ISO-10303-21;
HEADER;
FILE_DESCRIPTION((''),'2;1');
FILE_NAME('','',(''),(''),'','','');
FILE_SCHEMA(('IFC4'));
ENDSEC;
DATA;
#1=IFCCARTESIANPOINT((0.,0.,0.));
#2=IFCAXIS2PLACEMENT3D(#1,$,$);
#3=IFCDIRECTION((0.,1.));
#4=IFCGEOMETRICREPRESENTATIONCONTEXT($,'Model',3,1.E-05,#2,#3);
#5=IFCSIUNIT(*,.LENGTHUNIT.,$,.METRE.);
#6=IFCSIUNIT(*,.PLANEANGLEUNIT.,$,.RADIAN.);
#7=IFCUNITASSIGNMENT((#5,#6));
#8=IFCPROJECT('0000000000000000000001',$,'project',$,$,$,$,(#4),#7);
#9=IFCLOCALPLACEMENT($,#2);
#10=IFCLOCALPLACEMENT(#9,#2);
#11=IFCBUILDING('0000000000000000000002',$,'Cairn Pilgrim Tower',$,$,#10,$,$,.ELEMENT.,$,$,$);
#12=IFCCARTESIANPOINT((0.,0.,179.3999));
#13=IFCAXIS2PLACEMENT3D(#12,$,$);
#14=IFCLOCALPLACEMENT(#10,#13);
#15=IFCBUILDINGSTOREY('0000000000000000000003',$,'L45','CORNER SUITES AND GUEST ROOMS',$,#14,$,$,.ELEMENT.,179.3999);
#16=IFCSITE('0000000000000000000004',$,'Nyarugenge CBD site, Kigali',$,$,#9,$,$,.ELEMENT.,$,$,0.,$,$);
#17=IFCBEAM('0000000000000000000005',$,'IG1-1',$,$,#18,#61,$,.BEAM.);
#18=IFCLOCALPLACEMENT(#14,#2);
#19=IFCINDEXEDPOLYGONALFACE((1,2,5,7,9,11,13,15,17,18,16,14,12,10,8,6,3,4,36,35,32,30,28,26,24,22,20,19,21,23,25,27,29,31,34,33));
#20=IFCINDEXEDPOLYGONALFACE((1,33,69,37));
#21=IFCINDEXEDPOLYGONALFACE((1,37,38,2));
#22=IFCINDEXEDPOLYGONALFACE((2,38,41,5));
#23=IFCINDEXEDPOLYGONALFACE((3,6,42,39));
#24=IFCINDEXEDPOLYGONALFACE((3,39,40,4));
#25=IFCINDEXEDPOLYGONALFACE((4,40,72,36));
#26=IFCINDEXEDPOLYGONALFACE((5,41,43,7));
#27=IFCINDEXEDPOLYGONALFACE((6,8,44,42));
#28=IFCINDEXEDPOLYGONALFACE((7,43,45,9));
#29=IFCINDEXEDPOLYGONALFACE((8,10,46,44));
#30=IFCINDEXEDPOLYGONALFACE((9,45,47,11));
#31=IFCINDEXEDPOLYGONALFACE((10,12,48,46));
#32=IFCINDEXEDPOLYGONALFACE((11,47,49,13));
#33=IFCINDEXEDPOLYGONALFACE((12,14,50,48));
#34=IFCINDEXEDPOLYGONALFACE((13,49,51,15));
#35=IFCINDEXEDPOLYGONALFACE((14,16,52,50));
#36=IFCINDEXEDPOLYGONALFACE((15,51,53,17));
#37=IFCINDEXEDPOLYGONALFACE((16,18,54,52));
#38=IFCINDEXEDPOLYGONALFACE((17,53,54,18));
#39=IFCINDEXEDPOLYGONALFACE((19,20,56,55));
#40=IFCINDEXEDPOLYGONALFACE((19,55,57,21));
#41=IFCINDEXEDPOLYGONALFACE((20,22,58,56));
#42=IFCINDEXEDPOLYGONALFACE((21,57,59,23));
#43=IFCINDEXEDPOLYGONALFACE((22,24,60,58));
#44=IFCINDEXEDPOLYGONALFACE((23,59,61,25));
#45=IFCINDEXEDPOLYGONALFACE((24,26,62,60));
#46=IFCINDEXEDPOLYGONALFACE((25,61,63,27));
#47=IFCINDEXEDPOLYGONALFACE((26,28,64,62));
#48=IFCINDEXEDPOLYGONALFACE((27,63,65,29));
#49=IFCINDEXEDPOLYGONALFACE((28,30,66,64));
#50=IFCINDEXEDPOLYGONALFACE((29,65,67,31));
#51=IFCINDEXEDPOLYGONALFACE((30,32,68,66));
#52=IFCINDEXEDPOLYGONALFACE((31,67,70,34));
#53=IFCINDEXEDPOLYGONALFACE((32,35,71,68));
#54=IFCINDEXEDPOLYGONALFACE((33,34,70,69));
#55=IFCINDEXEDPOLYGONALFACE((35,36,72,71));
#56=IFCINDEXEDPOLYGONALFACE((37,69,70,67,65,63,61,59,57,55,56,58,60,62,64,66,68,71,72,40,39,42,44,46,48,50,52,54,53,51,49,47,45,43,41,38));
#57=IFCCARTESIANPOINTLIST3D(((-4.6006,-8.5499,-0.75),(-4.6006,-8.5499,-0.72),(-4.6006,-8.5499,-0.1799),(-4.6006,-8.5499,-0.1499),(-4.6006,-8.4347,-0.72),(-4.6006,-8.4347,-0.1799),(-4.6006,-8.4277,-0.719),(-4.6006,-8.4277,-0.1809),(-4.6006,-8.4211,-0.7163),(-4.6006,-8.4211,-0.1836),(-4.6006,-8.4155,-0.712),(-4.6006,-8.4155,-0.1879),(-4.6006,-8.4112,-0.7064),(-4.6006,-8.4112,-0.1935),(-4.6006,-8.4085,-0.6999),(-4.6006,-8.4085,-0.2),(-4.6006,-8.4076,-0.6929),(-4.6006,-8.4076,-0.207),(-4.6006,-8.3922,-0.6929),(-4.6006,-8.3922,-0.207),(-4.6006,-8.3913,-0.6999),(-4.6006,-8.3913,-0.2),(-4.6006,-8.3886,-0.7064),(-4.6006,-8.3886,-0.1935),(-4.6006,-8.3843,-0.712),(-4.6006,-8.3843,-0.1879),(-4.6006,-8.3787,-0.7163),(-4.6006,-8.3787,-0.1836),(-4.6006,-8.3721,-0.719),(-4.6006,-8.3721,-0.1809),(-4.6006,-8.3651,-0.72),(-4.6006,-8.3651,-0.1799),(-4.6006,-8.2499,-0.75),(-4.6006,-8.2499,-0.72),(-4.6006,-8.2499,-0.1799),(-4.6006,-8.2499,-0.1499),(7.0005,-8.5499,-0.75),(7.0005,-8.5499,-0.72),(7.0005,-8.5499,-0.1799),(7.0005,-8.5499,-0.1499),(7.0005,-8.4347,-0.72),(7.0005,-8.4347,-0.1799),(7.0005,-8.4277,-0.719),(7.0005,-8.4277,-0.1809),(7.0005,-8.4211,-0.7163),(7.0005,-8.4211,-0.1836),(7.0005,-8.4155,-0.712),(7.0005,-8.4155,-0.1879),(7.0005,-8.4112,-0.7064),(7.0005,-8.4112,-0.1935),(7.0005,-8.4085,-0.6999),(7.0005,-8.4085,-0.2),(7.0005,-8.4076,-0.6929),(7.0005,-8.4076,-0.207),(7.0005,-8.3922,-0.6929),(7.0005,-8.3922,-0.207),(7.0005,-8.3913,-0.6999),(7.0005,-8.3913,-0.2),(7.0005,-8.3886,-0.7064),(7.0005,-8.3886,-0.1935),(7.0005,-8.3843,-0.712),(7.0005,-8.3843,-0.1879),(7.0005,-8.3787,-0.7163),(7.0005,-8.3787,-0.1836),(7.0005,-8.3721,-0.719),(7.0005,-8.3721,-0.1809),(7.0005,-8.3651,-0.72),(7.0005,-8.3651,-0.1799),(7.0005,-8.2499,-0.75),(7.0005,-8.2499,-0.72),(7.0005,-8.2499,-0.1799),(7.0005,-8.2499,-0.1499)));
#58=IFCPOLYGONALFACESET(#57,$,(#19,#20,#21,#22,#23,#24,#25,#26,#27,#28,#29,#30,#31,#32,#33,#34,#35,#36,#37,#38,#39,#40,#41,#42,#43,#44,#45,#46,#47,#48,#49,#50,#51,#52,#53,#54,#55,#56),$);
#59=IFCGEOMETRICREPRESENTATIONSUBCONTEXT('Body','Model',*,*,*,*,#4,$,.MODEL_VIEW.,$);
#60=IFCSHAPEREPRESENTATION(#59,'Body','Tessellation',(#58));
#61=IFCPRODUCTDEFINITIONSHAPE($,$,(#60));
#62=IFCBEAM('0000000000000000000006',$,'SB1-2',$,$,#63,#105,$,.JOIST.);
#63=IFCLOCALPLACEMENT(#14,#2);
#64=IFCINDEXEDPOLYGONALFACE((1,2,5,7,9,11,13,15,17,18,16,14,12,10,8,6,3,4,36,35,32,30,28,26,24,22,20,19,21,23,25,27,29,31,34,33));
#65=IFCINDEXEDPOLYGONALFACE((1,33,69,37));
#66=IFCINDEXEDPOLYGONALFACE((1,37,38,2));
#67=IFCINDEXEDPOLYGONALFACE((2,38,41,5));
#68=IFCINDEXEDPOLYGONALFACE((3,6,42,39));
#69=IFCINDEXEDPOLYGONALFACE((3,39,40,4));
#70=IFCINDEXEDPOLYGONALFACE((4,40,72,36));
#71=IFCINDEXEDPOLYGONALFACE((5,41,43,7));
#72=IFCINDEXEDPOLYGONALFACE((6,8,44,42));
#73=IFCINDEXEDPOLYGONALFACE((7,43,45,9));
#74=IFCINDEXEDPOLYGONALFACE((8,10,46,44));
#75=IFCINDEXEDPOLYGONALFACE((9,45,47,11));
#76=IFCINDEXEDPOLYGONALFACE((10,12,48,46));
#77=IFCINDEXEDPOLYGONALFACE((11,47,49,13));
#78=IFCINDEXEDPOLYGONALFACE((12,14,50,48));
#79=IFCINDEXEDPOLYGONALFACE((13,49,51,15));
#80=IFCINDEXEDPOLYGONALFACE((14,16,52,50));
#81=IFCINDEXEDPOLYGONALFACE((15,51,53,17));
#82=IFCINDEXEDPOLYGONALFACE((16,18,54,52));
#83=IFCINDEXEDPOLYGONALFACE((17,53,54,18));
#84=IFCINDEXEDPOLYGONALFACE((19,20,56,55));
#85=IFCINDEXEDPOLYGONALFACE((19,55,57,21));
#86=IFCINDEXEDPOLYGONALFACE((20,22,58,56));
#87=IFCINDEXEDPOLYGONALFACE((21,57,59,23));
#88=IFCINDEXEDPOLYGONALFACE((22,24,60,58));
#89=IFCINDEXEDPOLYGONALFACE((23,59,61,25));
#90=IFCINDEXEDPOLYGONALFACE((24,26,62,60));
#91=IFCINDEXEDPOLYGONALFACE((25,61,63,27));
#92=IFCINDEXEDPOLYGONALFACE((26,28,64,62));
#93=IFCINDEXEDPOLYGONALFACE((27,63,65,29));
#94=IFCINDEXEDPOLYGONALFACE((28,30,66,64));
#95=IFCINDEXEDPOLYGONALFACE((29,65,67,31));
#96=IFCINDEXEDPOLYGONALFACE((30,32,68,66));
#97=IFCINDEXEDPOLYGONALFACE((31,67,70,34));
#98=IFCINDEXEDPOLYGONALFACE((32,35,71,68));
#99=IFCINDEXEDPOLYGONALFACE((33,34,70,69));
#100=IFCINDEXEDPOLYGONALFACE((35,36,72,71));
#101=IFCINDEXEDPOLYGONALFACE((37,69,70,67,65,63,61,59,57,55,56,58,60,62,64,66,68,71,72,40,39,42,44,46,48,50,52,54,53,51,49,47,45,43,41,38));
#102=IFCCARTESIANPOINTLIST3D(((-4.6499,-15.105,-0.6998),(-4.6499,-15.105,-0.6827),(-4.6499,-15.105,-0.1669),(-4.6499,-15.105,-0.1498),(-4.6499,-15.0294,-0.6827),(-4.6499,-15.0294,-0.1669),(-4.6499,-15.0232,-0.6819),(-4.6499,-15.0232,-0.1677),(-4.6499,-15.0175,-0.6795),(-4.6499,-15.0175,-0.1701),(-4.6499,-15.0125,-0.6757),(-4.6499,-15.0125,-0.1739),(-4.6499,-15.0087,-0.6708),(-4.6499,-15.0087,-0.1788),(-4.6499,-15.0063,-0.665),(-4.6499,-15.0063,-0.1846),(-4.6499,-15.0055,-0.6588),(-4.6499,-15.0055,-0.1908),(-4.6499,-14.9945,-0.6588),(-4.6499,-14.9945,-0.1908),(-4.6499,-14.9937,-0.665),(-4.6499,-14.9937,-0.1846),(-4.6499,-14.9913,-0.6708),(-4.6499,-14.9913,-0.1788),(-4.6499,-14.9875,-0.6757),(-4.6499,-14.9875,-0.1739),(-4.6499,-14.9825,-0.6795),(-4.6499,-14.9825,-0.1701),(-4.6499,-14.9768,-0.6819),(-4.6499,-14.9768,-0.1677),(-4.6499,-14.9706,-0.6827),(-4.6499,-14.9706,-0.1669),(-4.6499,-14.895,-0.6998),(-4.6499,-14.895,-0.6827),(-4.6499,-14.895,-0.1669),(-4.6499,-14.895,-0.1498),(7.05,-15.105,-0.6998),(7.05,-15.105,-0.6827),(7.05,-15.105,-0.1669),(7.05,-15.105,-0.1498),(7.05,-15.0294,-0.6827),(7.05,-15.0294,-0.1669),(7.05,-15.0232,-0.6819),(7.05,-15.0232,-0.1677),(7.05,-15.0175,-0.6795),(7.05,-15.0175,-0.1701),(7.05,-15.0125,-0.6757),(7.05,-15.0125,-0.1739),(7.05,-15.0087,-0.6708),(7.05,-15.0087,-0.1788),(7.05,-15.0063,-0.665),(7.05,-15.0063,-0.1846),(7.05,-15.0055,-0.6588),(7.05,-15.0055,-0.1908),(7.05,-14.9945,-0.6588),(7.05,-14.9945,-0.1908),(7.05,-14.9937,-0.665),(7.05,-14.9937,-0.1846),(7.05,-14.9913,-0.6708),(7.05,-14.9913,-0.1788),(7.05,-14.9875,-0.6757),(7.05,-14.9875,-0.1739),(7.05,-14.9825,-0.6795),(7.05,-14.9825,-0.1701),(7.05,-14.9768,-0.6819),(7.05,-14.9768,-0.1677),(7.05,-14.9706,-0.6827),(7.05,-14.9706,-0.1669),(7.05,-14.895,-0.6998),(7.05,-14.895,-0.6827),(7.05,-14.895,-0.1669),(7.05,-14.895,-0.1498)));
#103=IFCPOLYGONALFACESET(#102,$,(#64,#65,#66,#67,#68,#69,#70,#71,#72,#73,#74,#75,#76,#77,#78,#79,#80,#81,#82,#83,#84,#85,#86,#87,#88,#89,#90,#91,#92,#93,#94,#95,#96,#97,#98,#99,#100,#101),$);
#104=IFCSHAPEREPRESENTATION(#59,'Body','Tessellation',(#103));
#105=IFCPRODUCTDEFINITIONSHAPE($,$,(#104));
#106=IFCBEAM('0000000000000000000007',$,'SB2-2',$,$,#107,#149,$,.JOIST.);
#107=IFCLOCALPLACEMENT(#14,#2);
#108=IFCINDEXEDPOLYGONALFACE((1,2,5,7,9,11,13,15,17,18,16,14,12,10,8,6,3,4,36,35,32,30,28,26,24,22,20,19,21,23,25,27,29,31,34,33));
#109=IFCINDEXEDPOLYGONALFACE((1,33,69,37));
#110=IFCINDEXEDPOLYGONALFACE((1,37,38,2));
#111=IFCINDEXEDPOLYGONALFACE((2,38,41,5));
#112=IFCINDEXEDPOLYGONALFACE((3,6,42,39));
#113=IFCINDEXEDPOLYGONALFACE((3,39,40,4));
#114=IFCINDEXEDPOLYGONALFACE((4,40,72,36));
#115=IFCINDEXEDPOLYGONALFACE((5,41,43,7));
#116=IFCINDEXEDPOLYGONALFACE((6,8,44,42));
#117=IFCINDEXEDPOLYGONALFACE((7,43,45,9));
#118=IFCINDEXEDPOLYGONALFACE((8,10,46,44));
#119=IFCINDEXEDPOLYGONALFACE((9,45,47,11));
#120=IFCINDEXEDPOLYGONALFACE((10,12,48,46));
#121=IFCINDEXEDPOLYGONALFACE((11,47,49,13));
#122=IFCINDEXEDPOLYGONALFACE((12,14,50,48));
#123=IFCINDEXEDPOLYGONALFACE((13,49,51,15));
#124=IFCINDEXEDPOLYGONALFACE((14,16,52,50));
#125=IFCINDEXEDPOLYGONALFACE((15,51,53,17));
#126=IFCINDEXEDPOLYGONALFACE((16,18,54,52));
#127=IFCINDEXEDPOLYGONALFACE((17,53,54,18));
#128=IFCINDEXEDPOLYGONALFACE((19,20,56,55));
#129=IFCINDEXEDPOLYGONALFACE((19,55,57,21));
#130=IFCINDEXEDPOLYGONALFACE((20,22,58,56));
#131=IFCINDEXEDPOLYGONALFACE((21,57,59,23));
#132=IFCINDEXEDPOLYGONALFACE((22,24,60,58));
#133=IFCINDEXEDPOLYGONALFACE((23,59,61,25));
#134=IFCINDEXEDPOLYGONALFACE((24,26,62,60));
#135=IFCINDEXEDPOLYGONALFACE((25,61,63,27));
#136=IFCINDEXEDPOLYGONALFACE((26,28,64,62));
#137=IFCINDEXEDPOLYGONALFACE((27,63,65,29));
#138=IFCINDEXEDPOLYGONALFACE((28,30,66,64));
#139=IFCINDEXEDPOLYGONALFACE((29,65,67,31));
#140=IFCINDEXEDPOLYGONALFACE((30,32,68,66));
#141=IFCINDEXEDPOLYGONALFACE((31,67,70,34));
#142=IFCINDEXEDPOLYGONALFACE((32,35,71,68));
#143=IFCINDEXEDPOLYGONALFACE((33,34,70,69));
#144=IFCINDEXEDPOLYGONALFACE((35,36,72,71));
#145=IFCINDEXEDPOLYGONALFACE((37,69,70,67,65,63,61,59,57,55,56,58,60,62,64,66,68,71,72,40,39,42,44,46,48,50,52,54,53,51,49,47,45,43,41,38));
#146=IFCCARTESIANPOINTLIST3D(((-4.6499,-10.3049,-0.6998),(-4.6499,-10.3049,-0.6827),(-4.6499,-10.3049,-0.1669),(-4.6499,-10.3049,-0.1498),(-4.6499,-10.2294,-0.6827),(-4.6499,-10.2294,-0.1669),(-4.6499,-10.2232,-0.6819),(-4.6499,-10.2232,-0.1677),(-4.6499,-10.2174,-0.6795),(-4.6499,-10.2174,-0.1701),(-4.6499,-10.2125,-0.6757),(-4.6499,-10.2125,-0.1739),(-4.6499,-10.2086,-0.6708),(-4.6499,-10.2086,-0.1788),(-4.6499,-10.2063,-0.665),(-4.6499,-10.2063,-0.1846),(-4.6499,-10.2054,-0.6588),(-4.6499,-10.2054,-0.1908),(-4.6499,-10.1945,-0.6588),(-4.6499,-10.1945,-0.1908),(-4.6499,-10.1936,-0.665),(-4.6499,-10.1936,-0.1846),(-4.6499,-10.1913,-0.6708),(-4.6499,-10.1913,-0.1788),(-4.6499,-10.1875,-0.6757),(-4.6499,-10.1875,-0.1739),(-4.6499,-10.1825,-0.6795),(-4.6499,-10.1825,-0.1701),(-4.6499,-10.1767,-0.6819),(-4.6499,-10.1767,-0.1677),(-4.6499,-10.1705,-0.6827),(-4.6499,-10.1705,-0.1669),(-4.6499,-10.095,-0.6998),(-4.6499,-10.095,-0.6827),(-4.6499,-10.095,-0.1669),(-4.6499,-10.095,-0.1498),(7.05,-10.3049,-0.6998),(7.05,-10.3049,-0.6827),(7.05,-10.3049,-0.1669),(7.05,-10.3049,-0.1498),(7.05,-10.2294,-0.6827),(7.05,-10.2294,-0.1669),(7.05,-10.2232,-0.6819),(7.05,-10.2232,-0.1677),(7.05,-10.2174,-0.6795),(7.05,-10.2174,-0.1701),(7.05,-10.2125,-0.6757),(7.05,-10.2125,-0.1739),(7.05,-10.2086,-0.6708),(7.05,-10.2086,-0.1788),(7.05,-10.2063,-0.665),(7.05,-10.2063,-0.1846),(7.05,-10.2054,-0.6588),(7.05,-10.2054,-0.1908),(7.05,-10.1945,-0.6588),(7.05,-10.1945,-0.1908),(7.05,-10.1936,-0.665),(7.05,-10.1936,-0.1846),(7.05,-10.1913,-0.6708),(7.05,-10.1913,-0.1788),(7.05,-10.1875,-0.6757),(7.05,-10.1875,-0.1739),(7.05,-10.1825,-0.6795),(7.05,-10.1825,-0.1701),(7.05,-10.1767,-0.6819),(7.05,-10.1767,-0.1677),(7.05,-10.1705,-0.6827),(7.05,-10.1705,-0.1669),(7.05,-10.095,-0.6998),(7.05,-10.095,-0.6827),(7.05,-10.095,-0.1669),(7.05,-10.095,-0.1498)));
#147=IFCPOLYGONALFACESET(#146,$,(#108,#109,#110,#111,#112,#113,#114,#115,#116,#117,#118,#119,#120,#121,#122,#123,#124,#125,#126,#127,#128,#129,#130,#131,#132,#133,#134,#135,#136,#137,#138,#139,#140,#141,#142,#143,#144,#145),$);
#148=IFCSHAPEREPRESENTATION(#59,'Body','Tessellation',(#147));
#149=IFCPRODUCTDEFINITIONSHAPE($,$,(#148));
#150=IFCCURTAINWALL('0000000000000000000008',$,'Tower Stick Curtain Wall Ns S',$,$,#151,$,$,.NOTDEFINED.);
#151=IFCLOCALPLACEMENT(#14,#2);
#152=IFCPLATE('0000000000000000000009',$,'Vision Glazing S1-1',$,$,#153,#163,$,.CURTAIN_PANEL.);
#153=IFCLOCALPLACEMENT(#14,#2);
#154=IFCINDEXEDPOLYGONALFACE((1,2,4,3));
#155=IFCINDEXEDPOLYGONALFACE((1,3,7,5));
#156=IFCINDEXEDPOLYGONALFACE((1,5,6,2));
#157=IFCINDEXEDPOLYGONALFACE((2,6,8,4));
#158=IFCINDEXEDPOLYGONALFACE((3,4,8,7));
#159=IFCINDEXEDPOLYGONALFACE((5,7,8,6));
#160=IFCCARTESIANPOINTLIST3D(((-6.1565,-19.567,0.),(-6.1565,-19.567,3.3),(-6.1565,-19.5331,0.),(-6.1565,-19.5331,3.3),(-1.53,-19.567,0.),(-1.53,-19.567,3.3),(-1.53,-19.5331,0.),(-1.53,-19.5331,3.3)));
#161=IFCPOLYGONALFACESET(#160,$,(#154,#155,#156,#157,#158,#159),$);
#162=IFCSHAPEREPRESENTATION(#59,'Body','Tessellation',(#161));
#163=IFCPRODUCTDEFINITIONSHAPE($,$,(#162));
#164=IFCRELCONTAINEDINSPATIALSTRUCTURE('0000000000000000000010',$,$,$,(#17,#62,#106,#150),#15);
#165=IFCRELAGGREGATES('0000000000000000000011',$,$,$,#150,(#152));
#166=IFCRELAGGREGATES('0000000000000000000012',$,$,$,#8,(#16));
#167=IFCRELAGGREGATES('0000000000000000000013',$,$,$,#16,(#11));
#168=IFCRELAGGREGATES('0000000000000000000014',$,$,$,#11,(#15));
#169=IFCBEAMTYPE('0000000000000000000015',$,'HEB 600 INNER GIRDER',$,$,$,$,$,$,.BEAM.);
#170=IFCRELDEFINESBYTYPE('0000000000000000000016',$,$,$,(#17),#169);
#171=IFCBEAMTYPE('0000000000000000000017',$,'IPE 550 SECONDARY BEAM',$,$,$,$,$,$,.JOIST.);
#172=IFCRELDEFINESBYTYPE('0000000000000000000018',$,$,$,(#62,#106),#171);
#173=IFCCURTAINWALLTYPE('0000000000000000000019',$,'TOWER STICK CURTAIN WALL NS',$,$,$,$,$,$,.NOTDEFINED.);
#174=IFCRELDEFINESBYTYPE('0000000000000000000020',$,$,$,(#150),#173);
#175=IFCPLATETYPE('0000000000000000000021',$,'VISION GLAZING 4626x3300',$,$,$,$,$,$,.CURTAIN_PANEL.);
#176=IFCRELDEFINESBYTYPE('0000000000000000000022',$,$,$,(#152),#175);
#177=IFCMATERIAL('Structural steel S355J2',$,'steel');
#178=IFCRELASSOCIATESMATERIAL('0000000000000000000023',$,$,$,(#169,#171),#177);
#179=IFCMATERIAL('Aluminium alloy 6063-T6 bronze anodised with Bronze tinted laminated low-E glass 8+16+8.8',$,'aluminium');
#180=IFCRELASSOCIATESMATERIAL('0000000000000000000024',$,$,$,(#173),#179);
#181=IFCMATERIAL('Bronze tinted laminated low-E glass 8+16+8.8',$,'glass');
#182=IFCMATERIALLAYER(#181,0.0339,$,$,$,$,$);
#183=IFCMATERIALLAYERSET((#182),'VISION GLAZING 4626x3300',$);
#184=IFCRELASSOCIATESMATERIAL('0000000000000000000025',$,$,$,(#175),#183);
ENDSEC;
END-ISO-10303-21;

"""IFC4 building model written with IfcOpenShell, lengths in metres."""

from ifc_helpers import new_model, si_unit, direction, frame, origin, origin_2d, place, context, subcontext, project, spatial, rectangle, i_section, extrude, material, layer, layer_set, material_profile, profile_set, type_object, element, aggregate, save


model = new_model("IFC4")

# Units and contexts
model_context = context("Model", 3, precision=1e-05, world=origin(), true_north=direction((0.0, 1.0)))
body_context = subcontext(model_context, "Body", "Model", "MODEL_VIEW")
ifc_project = project(units=[si_unit("LENGTHUNIT", "METRE"), si_unit("PLANEANGLEUNIT", "RADIAN")], contexts=[model_context])

# Site, building, storey
site_placement = place(None, origin())
site = spatial("IfcSite", under=ifc_project, at=site_placement, Name="Nyarugenge CBD site, Kigali", CompositionType="ELEMENT", RefElevation=0.0)
building_placement = place(site_placement, origin())
building = spatial("IfcBuilding", under=site, at=building_placement, Name="Cairn Pilgrim Tower", CompositionType="ELEMENT")
storey_placement = place(building_placement, frame((0.0, 0.0, 179.3999)))
storey = spatial("IfcBuildingStorey", under=building, at=storey_placement, Name="L45", Description="CORNER SUITES AND GUEST ROOMS", CompositionType="ELEMENT", Elevation=179.3999)

# Shared definitions
ifc_material_1 = material(Name="Structural steel S355J2", Category="steel")

# Beams
ifc_material_profile_1 = material_profile(ifc_material_1, i_section(OverallWidth=0.3, OverallDepth=0.6001, WebThickness=0.0154, FlangeThickness=0.03, FilletRadius=0.0271, at=origin_2d()), Name="HEB 600")
ifc_profile_set_1 = profile_set([ifc_material_profile_1], Name="Structural steel S355J2")
beam_type_1 = type_object("IfcBeamType", Name="HEB 600 INNER GIRDER", PredefinedType="BEAM", material=ifc_profile_set_1)
beam_1_placement = place(storey_placement, frame((-4.6006, -8.3999, -0.45), z_axis=(1.0, 0.0, 0.0), x_axis=(0.0, 1.0, 0.0)))
element("IfcBeam", 1, at=beam_1_placement, inside=storey, type_object=beam_type_1, Name="IG1-1", PredefinedType="BEAM", context=body_context, shape_type="SweptSolid", body=[
    extrude(i_section(OverallWidth=0.3, OverallDepth=0.6001, WebThickness=0.0154, FlangeThickness=0.03, FilletRadius=0.0271, at=origin_2d()), origin(), (0.0, 0.0, 1.0), 11.6011),
])
ifc_material_profile_2 = material_profile(ifc_material_1, i_section(OverallWidth=0.21, OverallDepth=0.55, WebThickness=0.011, FlangeThickness=0.0171, FilletRadius=0.0239, at=origin_2d()), Name="IPE 550")
ifc_profile_set_2 = profile_set([ifc_material_profile_2], Name="Structural steel S355J2")
beam_type_2 = type_object("IfcBeamType", Name="IPE 550 SECONDARY BEAM", PredefinedType="JOIST", material=ifc_profile_set_2)
for number, where, z_axis, x_axis, name in (
    (2, (-4.6499, -15.0, -0.4248), (1.0, 0.0, 0.0), (0.0, 1.0, 0.0), "SB1-2"),
    (3, (-4.6499, -10.2, -0.4248), (1.0, 0.0, 0.0), (0.0, 1.0, 0.0), "SB2-2"),
):
    element("IfcBeam", number, at=place(storey_placement, frame(where, z_axis=z_axis, x_axis=x_axis)), inside=storey, type_object=beam_type_2, Name=name, PredefinedType="JOIST", context=body_context, shape_type="SweptSolid", body=[
        extrude(i_section(OverallWidth=0.21, OverallDepth=0.55, WebThickness=0.011, FlangeThickness=0.0171, FilletRadius=0.0239, at=origin_2d()), origin(), (0.0, 0.0, 1.0), 11.7),
    ])

# Curtain wall, plate
ifc_material_2 = material(Name="Aluminium alloy 6063-T6 bronze anodised with Bronze tinted laminated low-E glass 8+16+8.8", Category="aluminium")
curtain_wall_type = type_object("IfcCurtainWallType", Name="TOWER STICK CURTAIN WALL NS", PredefinedType="NOTDEFINED", material=ifc_material_2)
curtain_wall_placement = place(storey_placement, origin())
curtain_wall = element("IfcCurtainWall", 4, at=curtain_wall_placement, inside=storey, type_object=curtain_wall_type, Name="Tower Stick Curtain Wall Ns S", PredefinedType="NOTDEFINED")
ifc_material_3 = material(Name="Bronze tinted laminated low-E glass 8+16+8.8", Category="glass")
ifc_layer_1 = layer(ifc_material_3, 0.0339)
ifc_layer_set_1 = layer_set([ifc_layer_1], Name="VISION GLAZING 4626x3300")
plate_type = type_object("IfcPlateType", Name="VISION GLAZING 4626x3300", PredefinedType="CURTAIN_PANEL", material=ifc_layer_set_1)
plate_placement = place(storey_placement, frame((-3.8433, -19.55, 0.0), z_axis=(0.0, 0.0, 1.0), x_axis=(1.0, 0.0, 0.0)))
plate = element("IfcPlate", 5, at=plate_placement, type_object=plate_type, Name="Vision Glazing S1-1", PredefinedType="CURTAIN_PANEL", context=body_context, shape_type="SweptSolid", body=[
    extrude(rectangle(XDim=4.6265, YDim=0.0339, at=origin_2d()), origin(), (0.0, 0.0, 1.0), 3.3),
])
aggregate(curtain_wall, [plate])

save(model, "model.ifc")
